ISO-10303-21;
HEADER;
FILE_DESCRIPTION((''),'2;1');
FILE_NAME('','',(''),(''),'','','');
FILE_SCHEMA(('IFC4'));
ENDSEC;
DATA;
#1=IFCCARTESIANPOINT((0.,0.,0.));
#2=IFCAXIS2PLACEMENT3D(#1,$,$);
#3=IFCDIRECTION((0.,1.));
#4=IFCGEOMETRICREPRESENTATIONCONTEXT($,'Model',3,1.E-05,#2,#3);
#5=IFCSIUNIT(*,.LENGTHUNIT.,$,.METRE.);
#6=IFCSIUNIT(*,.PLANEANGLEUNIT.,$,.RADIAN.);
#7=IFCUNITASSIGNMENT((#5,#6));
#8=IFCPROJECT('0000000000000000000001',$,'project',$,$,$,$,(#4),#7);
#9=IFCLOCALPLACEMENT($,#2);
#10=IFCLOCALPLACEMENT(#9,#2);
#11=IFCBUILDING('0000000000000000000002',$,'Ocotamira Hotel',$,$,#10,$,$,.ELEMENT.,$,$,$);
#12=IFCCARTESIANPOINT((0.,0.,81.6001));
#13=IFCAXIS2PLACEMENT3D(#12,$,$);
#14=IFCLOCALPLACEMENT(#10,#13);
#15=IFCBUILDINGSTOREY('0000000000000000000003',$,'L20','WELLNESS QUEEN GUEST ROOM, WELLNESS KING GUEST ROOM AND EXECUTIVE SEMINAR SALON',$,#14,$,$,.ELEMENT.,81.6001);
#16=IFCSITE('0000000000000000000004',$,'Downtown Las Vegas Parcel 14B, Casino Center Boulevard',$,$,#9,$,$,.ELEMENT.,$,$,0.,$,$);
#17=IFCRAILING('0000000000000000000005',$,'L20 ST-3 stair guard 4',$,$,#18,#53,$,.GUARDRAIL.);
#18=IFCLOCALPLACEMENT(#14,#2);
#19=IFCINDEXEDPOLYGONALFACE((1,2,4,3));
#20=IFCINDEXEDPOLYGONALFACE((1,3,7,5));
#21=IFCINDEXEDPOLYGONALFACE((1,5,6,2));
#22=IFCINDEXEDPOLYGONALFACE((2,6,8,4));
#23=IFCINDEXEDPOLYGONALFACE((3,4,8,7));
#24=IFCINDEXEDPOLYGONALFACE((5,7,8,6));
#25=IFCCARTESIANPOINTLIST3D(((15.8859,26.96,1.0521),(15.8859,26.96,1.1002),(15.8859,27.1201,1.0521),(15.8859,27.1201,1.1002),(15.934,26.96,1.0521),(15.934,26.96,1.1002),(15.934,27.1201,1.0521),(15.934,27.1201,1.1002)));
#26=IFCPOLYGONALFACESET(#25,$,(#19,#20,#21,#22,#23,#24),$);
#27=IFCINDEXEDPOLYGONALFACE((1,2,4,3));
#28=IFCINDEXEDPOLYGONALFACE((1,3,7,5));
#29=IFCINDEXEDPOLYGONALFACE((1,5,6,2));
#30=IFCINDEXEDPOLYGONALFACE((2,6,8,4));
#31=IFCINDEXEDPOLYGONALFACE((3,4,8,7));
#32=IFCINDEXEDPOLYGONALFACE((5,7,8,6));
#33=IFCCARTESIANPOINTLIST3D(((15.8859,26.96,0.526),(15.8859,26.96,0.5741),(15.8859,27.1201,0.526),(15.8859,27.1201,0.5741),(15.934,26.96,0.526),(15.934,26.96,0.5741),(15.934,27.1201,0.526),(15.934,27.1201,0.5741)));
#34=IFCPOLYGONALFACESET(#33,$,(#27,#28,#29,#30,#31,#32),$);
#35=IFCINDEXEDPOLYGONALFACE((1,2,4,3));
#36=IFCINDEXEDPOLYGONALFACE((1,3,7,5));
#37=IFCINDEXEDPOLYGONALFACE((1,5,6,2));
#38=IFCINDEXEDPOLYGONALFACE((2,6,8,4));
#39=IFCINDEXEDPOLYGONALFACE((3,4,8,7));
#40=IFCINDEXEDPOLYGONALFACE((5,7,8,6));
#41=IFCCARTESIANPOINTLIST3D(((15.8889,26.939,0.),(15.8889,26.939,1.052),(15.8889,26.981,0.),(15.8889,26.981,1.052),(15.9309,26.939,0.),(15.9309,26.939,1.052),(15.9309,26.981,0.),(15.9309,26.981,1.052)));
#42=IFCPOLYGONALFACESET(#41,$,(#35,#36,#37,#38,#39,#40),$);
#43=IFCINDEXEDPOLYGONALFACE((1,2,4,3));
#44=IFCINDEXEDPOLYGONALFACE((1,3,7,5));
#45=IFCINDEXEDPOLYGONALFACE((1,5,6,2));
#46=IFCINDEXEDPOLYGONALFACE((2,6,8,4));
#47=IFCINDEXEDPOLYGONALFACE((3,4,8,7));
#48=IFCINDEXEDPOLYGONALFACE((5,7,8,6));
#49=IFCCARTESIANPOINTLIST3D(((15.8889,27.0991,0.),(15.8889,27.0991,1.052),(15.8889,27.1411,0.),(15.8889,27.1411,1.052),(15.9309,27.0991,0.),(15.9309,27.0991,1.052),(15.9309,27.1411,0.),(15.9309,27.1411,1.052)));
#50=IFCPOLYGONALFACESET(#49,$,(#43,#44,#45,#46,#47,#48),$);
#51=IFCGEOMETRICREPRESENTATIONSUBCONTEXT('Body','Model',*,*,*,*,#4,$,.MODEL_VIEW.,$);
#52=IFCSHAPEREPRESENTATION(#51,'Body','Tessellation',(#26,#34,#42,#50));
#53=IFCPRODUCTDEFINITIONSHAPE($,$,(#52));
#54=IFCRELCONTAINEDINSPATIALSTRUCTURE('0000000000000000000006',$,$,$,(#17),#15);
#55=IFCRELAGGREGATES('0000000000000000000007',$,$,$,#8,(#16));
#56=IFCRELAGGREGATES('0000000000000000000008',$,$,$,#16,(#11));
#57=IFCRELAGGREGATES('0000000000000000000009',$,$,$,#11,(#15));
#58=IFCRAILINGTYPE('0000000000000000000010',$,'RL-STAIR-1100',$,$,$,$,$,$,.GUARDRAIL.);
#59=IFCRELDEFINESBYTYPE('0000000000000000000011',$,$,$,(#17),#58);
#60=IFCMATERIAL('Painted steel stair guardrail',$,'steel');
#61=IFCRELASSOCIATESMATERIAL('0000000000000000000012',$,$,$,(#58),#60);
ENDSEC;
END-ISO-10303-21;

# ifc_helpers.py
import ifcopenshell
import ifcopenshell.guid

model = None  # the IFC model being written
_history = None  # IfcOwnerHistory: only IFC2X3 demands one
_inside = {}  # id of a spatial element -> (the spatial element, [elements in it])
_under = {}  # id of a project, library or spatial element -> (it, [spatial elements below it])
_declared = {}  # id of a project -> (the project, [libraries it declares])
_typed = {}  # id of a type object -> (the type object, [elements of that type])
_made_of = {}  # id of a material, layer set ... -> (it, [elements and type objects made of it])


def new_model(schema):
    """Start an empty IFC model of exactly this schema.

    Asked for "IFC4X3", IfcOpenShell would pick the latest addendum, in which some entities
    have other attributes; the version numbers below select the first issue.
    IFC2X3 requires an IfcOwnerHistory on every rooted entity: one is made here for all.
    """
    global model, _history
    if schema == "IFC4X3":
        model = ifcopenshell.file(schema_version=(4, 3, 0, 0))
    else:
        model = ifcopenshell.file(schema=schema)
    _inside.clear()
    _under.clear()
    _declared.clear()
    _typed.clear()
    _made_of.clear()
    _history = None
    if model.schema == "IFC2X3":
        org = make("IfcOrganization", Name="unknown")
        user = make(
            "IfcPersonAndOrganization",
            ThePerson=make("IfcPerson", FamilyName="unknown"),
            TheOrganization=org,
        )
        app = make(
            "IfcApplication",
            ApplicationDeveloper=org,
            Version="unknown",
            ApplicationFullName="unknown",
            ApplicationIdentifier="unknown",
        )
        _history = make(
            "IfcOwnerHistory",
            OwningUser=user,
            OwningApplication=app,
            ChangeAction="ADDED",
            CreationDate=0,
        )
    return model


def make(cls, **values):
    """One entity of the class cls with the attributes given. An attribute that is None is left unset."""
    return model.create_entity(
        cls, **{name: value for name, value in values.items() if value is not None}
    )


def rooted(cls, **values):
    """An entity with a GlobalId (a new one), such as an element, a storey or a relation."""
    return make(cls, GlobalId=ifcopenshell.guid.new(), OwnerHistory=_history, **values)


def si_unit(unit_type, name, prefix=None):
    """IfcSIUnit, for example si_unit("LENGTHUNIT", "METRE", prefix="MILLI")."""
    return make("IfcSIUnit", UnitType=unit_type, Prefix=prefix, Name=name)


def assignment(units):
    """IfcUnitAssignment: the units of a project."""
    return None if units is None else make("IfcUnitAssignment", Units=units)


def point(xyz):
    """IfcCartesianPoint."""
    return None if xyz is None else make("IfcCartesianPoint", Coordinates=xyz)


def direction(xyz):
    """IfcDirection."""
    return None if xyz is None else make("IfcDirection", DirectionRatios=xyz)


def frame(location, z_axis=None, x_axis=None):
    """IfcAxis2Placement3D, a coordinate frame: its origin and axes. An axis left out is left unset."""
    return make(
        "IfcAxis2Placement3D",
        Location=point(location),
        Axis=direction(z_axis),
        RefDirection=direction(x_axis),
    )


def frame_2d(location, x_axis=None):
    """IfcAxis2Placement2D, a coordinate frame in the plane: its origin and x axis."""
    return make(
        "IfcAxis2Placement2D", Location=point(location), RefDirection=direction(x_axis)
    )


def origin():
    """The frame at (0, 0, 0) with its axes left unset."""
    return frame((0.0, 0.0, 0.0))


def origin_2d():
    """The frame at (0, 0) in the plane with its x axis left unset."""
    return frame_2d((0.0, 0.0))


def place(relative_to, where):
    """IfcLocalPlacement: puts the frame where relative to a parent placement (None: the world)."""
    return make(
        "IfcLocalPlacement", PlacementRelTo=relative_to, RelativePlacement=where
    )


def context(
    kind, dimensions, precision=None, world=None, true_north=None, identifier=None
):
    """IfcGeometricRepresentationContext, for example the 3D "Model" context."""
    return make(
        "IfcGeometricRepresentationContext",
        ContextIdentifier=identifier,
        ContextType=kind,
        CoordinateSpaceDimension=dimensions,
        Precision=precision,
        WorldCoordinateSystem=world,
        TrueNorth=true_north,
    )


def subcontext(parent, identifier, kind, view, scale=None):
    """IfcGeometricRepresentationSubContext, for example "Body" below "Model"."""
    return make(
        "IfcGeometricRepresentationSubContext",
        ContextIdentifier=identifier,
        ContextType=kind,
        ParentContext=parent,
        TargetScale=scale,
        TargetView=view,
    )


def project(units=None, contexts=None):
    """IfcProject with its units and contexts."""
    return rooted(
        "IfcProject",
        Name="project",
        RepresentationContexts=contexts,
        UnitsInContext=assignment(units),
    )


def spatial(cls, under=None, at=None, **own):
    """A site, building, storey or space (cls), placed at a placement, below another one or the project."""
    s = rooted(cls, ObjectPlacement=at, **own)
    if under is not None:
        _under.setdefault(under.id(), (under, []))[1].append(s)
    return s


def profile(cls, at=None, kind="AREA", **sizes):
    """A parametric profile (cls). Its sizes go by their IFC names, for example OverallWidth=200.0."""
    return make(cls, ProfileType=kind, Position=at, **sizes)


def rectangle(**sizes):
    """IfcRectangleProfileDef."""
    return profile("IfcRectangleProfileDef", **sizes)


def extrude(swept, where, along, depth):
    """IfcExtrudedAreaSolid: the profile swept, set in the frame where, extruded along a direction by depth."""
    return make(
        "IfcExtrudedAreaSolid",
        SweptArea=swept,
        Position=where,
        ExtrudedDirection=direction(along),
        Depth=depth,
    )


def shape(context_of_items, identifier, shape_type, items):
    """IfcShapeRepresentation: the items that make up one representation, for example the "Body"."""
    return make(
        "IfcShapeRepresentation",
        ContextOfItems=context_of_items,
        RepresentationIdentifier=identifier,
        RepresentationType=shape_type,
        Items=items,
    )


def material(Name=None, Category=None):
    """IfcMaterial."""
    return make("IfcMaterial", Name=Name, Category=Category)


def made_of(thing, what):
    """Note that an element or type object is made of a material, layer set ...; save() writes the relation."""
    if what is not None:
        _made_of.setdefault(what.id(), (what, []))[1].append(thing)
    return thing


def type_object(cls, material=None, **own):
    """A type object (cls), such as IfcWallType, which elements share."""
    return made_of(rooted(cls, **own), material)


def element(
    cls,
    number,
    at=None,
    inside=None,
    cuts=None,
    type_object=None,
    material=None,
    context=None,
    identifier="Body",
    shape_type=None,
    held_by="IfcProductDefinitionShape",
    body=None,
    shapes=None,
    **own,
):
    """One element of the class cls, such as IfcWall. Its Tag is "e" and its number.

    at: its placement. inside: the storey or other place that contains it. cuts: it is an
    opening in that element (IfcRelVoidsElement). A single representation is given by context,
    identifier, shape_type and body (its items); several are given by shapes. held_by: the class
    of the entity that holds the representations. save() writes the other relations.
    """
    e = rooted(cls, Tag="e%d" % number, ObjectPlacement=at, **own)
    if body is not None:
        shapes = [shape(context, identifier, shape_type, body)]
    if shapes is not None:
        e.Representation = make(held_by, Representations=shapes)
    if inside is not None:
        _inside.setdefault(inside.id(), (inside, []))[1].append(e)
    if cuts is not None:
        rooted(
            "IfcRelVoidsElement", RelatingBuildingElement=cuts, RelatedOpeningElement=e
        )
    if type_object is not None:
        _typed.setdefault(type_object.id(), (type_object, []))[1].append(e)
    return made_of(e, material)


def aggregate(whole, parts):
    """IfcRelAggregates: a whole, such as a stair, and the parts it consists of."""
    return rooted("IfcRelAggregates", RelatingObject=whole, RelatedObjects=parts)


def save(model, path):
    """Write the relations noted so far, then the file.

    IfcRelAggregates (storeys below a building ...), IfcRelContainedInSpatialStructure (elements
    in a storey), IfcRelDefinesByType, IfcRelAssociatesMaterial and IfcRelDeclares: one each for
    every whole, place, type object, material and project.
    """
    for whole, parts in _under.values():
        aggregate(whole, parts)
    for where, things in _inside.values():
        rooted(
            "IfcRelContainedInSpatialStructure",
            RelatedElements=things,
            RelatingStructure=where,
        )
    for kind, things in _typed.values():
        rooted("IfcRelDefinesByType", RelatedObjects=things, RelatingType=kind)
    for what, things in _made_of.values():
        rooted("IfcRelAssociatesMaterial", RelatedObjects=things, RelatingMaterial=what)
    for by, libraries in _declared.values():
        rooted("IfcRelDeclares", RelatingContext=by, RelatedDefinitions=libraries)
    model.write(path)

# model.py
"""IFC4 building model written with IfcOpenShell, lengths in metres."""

from ifc_helpers import new_model, si_unit, direction, frame, origin, origin_2d, place, context, subcontext, project, spatial, rectangle, extrude, material, type_object, element, save


model = new_model("IFC4")

# Units and contexts
model_context = context("Model", 3, precision=1e-05, world=origin(), true_north=direction((0.0, 1.0)))
body_context = subcontext(model_context, "Body", "Model", "MODEL_VIEW")
ifc_project = project(units=[si_unit("LENGTHUNIT", "METRE"), si_unit("PLANEANGLEUNIT", "RADIAN")], contexts=[model_context])

# Site, building, storey
site_placement = place(None, origin())
site = spatial("IfcSite", under=ifc_project, at=site_placement, Name="Downtown Las Vegas Parcel 14B, Casino Center Boulevard", CompositionType="ELEMENT", RefElevation=0.0)
building_placement = place(site_placement, origin())
building = spatial("IfcBuilding", under=site, at=building_placement, Name="Ocotamira Hotel", CompositionType="ELEMENT")
storey_placement = place(building_placement, frame((0.0, 0.0, 81.6001)))
storey = spatial("IfcBuildingStorey", under=building, at=storey_placement, Name="L20", Description="WELLNESS QUEEN GUEST ROOM, WELLNESS KING GUEST ROOM AND EXECUTIVE SEMINAR SALON", CompositionType="ELEMENT", Elevation=81.6001)

# Railing
ifc_material_1 = material(Name="Painted steel stair guardrail", Category="steel")
railing_type_1 = type_object("IfcRailingType", Name="RL-STAIR-1100", PredefinedType="GUARDRAIL", material=ifc_material_1)
railing_1_placement = place(storey_placement, frame((15.9099, 26.96, 0.0)))
element("IfcRailing", 1, at=railing_1_placement, inside=storey, type_object=railing_type_1, Name="L20 ST-3 stair guard 4", PredefinedType="GUARDRAIL", context=body_context, shape_type="SweptSolid", body=[
    extrude(rectangle(XDim=0.0481, YDim=0.0481, at=origin_2d()), frame((0.0, 0.0, 1.0762), z_axis=(0.0, 1.0, 0.0), x_axis=(-1.0, 0.0, 0.0)), (0.0, 0.0, 1.0), 0.1602),
    extrude(rectangle(XDim=0.0481, YDim=0.0481, at=origin_2d()), frame((0.0, 0.0, 0.55), z_axis=(0.0, 1.0, 0.0), x_axis=(-1.0, 0.0, 0.0)), (0.0, 0.0, 1.0), 0.1602),
    extrude(rectangle(XDim=0.042, YDim=0.042, at=origin_2d()), origin(), (0.0, 0.0, 1.0), 1.052),
    extrude(rectangle(XDim=0.042, YDim=0.042, at=origin_2d()), frame((0.0, 0.1602, 0.0)), (0.0, 0.0, 1.0), 1.052),
])

save(model, "model.ifc")
